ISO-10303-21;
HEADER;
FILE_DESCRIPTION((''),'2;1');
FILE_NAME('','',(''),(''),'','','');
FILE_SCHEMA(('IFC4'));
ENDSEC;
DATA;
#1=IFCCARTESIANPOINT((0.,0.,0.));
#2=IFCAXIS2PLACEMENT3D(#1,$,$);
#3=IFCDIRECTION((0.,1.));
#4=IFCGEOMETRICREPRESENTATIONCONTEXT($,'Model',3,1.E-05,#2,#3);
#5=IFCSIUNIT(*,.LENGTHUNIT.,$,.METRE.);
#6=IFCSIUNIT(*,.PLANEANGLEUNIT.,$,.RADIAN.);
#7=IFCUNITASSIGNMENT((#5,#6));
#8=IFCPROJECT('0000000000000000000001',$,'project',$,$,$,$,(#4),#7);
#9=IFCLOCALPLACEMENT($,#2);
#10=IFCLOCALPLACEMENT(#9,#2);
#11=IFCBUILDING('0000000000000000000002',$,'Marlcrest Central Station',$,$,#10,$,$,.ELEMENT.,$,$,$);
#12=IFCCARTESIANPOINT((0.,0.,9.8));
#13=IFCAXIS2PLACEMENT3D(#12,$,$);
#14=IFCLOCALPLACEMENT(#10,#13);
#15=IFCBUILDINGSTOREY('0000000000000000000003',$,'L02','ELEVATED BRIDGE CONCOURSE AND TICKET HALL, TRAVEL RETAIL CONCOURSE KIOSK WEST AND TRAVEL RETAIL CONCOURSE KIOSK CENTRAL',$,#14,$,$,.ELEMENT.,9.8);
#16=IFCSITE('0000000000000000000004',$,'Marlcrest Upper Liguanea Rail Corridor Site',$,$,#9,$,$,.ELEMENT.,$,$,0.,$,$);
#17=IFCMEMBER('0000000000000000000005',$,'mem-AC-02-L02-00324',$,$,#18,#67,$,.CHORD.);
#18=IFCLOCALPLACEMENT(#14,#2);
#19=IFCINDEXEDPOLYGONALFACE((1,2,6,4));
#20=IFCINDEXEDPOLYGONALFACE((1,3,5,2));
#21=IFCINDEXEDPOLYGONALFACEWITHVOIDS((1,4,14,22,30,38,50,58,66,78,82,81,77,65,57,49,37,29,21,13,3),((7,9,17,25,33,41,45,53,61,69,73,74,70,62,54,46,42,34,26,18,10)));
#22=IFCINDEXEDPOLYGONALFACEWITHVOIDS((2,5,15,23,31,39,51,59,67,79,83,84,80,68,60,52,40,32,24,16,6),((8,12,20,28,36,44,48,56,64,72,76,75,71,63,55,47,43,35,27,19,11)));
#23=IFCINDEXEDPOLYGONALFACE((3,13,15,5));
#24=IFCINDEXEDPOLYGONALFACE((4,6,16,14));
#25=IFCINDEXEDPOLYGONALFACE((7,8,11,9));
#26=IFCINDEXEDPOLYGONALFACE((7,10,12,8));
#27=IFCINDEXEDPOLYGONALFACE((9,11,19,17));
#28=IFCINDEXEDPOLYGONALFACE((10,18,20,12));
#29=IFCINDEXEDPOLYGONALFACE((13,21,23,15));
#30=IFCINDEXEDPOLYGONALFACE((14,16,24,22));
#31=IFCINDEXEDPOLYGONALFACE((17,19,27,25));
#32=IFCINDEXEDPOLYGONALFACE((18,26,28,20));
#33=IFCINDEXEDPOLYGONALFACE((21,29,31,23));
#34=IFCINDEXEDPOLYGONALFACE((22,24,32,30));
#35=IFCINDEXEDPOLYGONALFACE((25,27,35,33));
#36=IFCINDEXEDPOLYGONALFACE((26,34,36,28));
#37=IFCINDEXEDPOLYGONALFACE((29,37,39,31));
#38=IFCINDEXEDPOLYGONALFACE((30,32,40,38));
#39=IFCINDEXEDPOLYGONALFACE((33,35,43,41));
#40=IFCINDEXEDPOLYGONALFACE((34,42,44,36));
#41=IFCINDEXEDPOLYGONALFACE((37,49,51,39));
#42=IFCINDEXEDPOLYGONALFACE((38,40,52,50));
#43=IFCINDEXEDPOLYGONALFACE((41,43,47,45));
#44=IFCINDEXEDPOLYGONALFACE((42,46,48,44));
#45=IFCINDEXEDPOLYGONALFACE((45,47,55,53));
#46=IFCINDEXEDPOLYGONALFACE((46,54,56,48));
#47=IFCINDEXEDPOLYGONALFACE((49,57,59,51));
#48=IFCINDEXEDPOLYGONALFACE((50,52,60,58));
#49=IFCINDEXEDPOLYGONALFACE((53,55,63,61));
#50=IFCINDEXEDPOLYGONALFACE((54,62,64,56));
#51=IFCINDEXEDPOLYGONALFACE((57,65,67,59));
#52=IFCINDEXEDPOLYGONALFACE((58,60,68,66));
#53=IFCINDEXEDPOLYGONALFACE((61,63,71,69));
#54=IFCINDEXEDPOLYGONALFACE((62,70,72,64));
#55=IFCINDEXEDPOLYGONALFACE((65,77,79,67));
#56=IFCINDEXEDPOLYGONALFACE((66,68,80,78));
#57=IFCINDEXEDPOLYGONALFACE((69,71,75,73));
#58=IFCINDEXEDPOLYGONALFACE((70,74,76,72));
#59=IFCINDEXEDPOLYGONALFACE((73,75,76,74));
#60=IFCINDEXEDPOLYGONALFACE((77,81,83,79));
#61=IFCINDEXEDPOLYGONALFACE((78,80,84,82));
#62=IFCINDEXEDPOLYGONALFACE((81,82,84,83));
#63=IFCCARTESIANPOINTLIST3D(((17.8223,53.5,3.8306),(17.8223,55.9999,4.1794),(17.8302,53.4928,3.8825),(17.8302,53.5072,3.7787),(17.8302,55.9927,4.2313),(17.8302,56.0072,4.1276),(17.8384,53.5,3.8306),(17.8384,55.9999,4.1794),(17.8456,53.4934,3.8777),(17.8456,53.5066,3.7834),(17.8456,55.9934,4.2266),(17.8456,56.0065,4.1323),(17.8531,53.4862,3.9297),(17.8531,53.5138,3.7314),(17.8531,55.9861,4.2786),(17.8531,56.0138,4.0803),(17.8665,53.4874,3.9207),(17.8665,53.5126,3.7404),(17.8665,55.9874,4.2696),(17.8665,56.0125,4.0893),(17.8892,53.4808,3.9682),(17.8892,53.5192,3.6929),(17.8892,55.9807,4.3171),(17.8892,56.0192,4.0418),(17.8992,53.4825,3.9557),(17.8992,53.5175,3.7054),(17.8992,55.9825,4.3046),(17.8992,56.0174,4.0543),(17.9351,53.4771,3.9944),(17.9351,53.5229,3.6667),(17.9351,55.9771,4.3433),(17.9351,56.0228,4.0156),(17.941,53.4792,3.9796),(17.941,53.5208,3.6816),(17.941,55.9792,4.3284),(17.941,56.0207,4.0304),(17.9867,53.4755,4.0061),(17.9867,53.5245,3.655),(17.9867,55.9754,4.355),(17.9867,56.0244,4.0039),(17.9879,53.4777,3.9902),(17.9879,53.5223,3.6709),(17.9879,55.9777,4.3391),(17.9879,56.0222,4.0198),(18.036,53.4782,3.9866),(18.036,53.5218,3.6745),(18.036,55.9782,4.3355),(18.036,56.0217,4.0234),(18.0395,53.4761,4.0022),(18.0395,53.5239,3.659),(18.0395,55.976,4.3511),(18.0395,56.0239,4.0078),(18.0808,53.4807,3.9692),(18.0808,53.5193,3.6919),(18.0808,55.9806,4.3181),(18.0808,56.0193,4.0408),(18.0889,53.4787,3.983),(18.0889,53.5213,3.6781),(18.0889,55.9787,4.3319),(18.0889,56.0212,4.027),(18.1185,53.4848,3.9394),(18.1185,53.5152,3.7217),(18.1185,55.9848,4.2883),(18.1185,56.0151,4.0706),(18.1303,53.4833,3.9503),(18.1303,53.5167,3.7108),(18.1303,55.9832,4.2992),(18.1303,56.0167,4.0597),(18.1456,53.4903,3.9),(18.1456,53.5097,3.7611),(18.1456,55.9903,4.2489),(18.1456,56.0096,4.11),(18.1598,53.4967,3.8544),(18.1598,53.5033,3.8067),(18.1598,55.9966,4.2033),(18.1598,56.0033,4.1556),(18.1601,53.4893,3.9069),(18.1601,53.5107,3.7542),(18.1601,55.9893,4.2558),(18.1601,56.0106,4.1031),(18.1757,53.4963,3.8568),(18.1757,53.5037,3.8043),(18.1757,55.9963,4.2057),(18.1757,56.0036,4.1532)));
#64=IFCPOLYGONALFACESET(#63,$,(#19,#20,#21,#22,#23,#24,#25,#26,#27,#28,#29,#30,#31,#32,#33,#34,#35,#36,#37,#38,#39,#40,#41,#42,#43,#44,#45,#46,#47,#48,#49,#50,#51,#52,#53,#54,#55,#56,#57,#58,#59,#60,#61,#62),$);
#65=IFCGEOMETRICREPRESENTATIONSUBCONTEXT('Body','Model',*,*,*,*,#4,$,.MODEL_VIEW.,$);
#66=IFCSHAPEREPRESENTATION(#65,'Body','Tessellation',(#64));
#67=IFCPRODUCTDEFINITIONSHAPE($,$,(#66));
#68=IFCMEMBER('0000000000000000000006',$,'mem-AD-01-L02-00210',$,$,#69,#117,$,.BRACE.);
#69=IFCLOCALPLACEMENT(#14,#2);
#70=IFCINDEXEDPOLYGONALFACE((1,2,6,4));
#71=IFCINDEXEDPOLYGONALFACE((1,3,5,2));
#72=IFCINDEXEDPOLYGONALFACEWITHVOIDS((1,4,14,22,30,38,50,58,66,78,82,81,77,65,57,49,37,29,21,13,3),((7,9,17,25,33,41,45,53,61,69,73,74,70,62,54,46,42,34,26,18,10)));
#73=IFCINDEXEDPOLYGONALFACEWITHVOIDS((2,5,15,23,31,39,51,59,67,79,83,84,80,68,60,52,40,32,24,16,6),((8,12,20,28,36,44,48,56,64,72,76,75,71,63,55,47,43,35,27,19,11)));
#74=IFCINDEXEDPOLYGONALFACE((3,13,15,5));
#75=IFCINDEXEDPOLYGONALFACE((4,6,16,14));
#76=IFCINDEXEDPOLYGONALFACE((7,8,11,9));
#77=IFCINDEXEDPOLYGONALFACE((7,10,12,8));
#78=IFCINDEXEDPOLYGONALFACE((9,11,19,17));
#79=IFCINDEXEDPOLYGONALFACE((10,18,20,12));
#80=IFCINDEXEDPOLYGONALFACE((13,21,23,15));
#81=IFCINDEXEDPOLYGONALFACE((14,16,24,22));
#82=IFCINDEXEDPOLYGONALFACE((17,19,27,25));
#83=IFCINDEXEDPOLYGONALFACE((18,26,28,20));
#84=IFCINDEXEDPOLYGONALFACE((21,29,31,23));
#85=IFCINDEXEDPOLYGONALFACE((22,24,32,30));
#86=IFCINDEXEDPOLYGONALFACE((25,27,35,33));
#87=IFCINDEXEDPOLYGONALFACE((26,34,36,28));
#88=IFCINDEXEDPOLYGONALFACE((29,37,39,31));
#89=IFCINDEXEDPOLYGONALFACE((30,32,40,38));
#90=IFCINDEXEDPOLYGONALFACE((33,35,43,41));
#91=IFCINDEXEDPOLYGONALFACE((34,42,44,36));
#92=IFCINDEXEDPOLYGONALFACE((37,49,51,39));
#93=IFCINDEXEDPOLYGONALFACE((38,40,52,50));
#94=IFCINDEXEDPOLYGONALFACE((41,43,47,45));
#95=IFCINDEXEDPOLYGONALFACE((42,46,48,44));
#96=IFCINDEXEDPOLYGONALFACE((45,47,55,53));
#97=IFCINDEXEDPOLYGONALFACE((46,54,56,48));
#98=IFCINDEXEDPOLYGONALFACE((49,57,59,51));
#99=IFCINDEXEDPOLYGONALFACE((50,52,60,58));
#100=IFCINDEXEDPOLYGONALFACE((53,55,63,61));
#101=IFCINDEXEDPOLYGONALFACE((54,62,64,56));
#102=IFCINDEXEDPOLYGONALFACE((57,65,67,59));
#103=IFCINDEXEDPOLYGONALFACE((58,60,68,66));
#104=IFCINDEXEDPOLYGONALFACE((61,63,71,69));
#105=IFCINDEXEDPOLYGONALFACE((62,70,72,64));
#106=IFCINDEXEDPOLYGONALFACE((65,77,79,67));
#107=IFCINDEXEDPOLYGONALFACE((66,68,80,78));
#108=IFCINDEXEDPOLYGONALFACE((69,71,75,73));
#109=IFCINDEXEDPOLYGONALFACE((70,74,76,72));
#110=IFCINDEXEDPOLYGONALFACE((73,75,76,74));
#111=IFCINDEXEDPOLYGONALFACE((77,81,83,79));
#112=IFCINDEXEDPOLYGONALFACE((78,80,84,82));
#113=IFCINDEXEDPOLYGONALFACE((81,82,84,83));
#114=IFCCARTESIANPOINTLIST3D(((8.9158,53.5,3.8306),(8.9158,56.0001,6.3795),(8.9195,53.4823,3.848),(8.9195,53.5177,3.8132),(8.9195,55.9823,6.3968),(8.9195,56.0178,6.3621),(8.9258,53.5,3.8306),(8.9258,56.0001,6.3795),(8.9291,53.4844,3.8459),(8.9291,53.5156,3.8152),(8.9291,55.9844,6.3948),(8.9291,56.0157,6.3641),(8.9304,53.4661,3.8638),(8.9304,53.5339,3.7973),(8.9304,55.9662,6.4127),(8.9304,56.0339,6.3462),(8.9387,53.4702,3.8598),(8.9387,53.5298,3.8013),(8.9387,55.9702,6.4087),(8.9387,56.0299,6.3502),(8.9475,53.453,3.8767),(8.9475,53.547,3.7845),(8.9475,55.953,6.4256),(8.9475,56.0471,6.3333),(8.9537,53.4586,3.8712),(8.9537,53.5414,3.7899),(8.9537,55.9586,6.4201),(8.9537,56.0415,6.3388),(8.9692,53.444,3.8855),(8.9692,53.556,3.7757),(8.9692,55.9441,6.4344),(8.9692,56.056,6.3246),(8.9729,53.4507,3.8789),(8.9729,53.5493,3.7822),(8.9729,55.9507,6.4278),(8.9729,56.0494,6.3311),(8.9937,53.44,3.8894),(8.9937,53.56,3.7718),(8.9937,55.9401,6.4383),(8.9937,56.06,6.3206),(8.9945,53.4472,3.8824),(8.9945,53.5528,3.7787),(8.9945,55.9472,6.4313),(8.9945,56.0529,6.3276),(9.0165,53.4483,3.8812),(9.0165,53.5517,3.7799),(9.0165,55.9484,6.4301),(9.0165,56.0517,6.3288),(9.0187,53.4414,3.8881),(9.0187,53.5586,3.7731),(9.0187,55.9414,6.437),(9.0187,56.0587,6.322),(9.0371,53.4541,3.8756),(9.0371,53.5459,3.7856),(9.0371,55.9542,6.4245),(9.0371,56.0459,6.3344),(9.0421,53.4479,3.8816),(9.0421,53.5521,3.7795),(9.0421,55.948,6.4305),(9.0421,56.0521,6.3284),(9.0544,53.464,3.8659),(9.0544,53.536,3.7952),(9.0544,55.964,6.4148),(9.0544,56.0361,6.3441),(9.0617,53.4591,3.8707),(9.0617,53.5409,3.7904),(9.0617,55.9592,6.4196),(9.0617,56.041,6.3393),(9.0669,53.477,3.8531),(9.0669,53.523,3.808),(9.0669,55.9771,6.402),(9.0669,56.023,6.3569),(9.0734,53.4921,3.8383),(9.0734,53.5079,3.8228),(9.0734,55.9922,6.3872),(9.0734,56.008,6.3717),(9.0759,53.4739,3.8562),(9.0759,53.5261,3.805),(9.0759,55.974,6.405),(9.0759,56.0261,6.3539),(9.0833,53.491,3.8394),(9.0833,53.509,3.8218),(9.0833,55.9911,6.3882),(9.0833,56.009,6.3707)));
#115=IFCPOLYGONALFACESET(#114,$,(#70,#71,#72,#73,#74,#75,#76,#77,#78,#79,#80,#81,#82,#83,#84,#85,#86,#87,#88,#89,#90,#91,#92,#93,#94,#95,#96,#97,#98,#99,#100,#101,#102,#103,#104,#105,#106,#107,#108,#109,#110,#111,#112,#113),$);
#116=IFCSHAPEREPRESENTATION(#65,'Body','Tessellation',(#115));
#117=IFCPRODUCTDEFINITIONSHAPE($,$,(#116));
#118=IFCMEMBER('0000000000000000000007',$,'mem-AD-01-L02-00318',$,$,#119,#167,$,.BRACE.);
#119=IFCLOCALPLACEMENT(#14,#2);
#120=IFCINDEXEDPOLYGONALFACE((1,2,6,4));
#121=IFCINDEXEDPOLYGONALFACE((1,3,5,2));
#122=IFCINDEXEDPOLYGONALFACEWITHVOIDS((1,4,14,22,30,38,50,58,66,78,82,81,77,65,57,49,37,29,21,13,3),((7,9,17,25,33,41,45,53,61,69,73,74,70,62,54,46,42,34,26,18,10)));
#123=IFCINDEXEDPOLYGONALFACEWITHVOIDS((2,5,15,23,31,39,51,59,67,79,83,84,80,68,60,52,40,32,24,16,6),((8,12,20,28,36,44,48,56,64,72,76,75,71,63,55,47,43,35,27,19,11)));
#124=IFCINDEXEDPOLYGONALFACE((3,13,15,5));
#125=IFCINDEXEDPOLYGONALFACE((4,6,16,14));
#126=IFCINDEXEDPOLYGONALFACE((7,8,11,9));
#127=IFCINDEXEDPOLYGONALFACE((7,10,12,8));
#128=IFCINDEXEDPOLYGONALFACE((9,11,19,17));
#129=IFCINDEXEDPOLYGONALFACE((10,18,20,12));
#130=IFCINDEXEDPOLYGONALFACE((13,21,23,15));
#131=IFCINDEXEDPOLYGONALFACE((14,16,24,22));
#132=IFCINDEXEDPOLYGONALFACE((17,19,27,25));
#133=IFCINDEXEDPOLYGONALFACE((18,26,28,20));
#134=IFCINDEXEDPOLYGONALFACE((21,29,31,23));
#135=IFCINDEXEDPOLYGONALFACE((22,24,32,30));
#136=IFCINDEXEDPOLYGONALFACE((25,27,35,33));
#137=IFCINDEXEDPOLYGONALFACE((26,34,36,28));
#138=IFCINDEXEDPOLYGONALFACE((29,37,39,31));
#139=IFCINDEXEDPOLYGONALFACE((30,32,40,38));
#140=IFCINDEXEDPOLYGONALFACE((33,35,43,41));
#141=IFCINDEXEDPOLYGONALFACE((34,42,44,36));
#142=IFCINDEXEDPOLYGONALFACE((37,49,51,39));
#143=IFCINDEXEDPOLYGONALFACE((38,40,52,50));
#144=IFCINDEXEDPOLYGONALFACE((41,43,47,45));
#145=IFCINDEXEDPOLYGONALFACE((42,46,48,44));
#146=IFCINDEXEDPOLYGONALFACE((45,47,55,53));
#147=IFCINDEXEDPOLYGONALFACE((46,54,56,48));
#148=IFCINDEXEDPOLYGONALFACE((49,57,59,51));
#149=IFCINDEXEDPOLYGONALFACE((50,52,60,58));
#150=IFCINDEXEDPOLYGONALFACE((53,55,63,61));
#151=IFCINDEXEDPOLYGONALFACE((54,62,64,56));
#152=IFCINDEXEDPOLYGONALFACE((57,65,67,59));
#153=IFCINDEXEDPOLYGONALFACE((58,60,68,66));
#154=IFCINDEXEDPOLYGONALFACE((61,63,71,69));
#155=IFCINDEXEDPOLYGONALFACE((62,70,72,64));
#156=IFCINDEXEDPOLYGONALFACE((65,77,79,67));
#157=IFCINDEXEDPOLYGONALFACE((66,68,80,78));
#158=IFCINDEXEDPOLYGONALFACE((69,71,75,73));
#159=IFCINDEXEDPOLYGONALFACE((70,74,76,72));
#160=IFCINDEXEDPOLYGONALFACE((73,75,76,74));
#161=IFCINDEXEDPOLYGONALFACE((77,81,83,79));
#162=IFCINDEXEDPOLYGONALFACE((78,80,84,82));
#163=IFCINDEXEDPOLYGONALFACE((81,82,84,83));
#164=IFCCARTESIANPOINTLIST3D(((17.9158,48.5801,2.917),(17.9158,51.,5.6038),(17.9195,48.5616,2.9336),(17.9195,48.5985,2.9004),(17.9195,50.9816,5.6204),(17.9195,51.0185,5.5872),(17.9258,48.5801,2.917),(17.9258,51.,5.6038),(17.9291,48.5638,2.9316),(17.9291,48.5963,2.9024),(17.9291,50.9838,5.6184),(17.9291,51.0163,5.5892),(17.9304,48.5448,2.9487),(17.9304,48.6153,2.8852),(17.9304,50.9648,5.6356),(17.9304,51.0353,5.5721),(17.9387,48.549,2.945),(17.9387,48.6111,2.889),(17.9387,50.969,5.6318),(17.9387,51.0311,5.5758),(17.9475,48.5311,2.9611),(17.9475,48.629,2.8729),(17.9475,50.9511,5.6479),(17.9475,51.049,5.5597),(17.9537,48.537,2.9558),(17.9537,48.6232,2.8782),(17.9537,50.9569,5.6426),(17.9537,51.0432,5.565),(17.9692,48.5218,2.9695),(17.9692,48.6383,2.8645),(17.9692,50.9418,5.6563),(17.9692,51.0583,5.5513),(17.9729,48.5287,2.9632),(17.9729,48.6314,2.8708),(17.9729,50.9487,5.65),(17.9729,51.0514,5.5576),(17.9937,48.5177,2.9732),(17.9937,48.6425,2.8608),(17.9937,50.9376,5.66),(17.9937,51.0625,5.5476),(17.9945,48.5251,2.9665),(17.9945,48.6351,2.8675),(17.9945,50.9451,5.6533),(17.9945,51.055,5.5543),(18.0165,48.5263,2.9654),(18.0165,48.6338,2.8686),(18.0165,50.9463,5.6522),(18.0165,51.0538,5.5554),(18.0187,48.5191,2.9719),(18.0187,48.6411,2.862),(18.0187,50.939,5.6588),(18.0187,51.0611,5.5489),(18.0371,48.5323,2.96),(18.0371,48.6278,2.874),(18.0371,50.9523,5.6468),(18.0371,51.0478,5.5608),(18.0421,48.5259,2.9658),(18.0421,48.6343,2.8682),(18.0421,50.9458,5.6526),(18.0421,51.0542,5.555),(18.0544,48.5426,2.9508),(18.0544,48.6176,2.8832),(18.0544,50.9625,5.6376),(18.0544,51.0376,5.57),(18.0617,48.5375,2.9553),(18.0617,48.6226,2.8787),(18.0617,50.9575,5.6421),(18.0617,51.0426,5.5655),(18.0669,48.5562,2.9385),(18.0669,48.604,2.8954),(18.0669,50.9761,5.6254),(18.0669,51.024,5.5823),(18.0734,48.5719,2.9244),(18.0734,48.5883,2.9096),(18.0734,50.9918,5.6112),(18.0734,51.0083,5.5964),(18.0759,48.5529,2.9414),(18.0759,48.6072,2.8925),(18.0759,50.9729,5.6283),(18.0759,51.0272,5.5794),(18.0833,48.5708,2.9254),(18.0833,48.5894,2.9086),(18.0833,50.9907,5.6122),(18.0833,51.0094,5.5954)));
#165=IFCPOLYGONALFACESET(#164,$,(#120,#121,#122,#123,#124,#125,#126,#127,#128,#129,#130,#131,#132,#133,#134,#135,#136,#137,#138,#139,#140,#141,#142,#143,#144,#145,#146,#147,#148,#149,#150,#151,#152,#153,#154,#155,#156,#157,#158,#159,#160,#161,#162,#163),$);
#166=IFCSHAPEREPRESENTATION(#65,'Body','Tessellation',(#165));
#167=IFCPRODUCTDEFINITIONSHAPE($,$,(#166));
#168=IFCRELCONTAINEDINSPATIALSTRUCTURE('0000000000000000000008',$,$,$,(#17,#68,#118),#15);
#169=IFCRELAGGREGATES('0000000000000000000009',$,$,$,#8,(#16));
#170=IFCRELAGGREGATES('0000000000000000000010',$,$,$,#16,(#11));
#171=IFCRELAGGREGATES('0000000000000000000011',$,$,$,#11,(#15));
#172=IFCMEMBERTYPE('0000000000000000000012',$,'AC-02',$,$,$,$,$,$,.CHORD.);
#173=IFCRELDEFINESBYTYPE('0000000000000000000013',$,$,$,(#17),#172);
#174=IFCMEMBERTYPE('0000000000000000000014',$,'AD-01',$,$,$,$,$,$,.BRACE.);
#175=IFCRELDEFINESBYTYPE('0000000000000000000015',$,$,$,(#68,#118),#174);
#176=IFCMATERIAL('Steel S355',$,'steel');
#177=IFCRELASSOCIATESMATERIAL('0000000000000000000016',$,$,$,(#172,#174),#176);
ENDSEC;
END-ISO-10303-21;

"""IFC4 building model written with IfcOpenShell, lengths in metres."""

from ifc_helpers import new_model, si_unit, direction, frame, origin, origin_2d, place, context, subcontext, project, spatial, hollow_circle, extrude, material, material_profile, profile_set, type_object, element, save


model = new_model("IFC4")

# Units and contexts
model_context = context("Model", 3, precision=1e-05, world=origin(), true_north=direction((0.0, 1.0)))
body_context = subcontext(model_context, "Body", "Model", "MODEL_VIEW")
ifc_project = project(units=[si_unit("LENGTHUNIT", "METRE"), si_unit("PLANEANGLEUNIT", "RADIAN")], contexts=[model_context])

# Site, building, storey
site_placement = place(None, origin())
site = spatial("IfcSite", under=ifc_project, at=site_placement, Name="Marlcrest Upper Liguanea Rail Corridor Site", CompositionType="ELEMENT", RefElevation=0.0)
building_placement = place(site_placement, origin())
building = spatial("IfcBuilding", under=site, at=building_placement, Name="Marlcrest Central Station", CompositionType="ELEMENT")
storey_placement = place(building_placement, frame((0.0, 0.0, 9.8)))
storey = spatial("IfcBuildingStorey", under=building, at=storey_placement, Name="L02", Description="ELEVATED BRIDGE CONCOURSE AND TICKET HALL, TRAVEL RETAIL CONCOURSE KIOSK WEST AND TRAVEL RETAIL CONCOURSE KIOSK CENTRAL", CompositionType="ELEMENT", Elevation=9.8)

# Members
ifc_material = material(Name="Steel S355", Category="steel")
ifc_material_profile_1 = material_profile(ifc_material, hollow_circle(Radius=0.1777, WallThickness=0.0161, at=origin_2d()), Name="CHS 355.6x16")
ifc_profile_set_1 = profile_set([ifc_material_profile_1], Name="Steel S355")
member_type_1 = type_object("IfcMemberType", Name="AC-02", PredefinedType="CHORD", material=ifc_profile_set_1)
member_1_placement = place(storey_placement, frame((18.0, 53.5, 3.8306), z_axis=(0.0, 0.990403, 0.138211), x_axis=(-1.0, 0.0, 0.0)))
element("IfcMember", 1, at=member_1_placement, inside=storey, type_object=member_type_1, Name="mem-AC-02-L02-00324", PredefinedType="CHORD", context=body_context, shape_type="SweptSolid", body=[
    extrude(hollow_circle(Radius=0.1777, WallThickness=0.0161, at=origin_2d()), origin(), (0.0, 0.0, 1.0), 2.5242),
])
ifc_material_profile_2 = material_profile(ifc_material, hollow_circle(Radius=0.0842, WallThickness=0.01, at=origin_2d()), Name="CHS 168.3x10")
ifc_profile_set_2 = profile_set([ifc_material_profile_2], Name="Steel S355")
member_type_2 = type_object("IfcMemberType", Name="AD-01", PredefinedType="BRACE", material=ifc_profile_set_2)
member_2_placement = place(storey_placement, frame((9.0, 53.5, 3.8306), z_axis=(0.0, 0.700235, 0.713912), x_axis=(-1.0, 0.0, 0.0)))
element("IfcMember", 2, at=member_2_placement, inside=storey, type_object=member_type_2, Name="mem-AD-01-L02-00210", PredefinedType="BRACE", context=body_context, shape_type="SweptSolid", body=[
    extrude(hollow_circle(Radius=0.0842, WallThickness=0.01, at=origin_2d()), origin(), (0.0, 0.0, 1.0), 3.5703),
])
member_3_placement = place(storey_placement, frame((18.0, 48.5801, 2.917), z_axis=(0.0, 0.669244, 0.743042), x_axis=(-1.0, 0.0, 0.0)))
element("IfcMember", 3, at=member_3_placement, inside=storey, type_object=member_type_2, Name="mem-AD-01-L02-00318", PredefinedType="BRACE", context=body_context, shape_type="SweptSolid", body=[
    extrude(hollow_circle(Radius=0.0842, WallThickness=0.01, at=origin_2d()), origin(), (0.0, 0.0, 1.0), 3.616),
])

save(model, "model.ifc")
